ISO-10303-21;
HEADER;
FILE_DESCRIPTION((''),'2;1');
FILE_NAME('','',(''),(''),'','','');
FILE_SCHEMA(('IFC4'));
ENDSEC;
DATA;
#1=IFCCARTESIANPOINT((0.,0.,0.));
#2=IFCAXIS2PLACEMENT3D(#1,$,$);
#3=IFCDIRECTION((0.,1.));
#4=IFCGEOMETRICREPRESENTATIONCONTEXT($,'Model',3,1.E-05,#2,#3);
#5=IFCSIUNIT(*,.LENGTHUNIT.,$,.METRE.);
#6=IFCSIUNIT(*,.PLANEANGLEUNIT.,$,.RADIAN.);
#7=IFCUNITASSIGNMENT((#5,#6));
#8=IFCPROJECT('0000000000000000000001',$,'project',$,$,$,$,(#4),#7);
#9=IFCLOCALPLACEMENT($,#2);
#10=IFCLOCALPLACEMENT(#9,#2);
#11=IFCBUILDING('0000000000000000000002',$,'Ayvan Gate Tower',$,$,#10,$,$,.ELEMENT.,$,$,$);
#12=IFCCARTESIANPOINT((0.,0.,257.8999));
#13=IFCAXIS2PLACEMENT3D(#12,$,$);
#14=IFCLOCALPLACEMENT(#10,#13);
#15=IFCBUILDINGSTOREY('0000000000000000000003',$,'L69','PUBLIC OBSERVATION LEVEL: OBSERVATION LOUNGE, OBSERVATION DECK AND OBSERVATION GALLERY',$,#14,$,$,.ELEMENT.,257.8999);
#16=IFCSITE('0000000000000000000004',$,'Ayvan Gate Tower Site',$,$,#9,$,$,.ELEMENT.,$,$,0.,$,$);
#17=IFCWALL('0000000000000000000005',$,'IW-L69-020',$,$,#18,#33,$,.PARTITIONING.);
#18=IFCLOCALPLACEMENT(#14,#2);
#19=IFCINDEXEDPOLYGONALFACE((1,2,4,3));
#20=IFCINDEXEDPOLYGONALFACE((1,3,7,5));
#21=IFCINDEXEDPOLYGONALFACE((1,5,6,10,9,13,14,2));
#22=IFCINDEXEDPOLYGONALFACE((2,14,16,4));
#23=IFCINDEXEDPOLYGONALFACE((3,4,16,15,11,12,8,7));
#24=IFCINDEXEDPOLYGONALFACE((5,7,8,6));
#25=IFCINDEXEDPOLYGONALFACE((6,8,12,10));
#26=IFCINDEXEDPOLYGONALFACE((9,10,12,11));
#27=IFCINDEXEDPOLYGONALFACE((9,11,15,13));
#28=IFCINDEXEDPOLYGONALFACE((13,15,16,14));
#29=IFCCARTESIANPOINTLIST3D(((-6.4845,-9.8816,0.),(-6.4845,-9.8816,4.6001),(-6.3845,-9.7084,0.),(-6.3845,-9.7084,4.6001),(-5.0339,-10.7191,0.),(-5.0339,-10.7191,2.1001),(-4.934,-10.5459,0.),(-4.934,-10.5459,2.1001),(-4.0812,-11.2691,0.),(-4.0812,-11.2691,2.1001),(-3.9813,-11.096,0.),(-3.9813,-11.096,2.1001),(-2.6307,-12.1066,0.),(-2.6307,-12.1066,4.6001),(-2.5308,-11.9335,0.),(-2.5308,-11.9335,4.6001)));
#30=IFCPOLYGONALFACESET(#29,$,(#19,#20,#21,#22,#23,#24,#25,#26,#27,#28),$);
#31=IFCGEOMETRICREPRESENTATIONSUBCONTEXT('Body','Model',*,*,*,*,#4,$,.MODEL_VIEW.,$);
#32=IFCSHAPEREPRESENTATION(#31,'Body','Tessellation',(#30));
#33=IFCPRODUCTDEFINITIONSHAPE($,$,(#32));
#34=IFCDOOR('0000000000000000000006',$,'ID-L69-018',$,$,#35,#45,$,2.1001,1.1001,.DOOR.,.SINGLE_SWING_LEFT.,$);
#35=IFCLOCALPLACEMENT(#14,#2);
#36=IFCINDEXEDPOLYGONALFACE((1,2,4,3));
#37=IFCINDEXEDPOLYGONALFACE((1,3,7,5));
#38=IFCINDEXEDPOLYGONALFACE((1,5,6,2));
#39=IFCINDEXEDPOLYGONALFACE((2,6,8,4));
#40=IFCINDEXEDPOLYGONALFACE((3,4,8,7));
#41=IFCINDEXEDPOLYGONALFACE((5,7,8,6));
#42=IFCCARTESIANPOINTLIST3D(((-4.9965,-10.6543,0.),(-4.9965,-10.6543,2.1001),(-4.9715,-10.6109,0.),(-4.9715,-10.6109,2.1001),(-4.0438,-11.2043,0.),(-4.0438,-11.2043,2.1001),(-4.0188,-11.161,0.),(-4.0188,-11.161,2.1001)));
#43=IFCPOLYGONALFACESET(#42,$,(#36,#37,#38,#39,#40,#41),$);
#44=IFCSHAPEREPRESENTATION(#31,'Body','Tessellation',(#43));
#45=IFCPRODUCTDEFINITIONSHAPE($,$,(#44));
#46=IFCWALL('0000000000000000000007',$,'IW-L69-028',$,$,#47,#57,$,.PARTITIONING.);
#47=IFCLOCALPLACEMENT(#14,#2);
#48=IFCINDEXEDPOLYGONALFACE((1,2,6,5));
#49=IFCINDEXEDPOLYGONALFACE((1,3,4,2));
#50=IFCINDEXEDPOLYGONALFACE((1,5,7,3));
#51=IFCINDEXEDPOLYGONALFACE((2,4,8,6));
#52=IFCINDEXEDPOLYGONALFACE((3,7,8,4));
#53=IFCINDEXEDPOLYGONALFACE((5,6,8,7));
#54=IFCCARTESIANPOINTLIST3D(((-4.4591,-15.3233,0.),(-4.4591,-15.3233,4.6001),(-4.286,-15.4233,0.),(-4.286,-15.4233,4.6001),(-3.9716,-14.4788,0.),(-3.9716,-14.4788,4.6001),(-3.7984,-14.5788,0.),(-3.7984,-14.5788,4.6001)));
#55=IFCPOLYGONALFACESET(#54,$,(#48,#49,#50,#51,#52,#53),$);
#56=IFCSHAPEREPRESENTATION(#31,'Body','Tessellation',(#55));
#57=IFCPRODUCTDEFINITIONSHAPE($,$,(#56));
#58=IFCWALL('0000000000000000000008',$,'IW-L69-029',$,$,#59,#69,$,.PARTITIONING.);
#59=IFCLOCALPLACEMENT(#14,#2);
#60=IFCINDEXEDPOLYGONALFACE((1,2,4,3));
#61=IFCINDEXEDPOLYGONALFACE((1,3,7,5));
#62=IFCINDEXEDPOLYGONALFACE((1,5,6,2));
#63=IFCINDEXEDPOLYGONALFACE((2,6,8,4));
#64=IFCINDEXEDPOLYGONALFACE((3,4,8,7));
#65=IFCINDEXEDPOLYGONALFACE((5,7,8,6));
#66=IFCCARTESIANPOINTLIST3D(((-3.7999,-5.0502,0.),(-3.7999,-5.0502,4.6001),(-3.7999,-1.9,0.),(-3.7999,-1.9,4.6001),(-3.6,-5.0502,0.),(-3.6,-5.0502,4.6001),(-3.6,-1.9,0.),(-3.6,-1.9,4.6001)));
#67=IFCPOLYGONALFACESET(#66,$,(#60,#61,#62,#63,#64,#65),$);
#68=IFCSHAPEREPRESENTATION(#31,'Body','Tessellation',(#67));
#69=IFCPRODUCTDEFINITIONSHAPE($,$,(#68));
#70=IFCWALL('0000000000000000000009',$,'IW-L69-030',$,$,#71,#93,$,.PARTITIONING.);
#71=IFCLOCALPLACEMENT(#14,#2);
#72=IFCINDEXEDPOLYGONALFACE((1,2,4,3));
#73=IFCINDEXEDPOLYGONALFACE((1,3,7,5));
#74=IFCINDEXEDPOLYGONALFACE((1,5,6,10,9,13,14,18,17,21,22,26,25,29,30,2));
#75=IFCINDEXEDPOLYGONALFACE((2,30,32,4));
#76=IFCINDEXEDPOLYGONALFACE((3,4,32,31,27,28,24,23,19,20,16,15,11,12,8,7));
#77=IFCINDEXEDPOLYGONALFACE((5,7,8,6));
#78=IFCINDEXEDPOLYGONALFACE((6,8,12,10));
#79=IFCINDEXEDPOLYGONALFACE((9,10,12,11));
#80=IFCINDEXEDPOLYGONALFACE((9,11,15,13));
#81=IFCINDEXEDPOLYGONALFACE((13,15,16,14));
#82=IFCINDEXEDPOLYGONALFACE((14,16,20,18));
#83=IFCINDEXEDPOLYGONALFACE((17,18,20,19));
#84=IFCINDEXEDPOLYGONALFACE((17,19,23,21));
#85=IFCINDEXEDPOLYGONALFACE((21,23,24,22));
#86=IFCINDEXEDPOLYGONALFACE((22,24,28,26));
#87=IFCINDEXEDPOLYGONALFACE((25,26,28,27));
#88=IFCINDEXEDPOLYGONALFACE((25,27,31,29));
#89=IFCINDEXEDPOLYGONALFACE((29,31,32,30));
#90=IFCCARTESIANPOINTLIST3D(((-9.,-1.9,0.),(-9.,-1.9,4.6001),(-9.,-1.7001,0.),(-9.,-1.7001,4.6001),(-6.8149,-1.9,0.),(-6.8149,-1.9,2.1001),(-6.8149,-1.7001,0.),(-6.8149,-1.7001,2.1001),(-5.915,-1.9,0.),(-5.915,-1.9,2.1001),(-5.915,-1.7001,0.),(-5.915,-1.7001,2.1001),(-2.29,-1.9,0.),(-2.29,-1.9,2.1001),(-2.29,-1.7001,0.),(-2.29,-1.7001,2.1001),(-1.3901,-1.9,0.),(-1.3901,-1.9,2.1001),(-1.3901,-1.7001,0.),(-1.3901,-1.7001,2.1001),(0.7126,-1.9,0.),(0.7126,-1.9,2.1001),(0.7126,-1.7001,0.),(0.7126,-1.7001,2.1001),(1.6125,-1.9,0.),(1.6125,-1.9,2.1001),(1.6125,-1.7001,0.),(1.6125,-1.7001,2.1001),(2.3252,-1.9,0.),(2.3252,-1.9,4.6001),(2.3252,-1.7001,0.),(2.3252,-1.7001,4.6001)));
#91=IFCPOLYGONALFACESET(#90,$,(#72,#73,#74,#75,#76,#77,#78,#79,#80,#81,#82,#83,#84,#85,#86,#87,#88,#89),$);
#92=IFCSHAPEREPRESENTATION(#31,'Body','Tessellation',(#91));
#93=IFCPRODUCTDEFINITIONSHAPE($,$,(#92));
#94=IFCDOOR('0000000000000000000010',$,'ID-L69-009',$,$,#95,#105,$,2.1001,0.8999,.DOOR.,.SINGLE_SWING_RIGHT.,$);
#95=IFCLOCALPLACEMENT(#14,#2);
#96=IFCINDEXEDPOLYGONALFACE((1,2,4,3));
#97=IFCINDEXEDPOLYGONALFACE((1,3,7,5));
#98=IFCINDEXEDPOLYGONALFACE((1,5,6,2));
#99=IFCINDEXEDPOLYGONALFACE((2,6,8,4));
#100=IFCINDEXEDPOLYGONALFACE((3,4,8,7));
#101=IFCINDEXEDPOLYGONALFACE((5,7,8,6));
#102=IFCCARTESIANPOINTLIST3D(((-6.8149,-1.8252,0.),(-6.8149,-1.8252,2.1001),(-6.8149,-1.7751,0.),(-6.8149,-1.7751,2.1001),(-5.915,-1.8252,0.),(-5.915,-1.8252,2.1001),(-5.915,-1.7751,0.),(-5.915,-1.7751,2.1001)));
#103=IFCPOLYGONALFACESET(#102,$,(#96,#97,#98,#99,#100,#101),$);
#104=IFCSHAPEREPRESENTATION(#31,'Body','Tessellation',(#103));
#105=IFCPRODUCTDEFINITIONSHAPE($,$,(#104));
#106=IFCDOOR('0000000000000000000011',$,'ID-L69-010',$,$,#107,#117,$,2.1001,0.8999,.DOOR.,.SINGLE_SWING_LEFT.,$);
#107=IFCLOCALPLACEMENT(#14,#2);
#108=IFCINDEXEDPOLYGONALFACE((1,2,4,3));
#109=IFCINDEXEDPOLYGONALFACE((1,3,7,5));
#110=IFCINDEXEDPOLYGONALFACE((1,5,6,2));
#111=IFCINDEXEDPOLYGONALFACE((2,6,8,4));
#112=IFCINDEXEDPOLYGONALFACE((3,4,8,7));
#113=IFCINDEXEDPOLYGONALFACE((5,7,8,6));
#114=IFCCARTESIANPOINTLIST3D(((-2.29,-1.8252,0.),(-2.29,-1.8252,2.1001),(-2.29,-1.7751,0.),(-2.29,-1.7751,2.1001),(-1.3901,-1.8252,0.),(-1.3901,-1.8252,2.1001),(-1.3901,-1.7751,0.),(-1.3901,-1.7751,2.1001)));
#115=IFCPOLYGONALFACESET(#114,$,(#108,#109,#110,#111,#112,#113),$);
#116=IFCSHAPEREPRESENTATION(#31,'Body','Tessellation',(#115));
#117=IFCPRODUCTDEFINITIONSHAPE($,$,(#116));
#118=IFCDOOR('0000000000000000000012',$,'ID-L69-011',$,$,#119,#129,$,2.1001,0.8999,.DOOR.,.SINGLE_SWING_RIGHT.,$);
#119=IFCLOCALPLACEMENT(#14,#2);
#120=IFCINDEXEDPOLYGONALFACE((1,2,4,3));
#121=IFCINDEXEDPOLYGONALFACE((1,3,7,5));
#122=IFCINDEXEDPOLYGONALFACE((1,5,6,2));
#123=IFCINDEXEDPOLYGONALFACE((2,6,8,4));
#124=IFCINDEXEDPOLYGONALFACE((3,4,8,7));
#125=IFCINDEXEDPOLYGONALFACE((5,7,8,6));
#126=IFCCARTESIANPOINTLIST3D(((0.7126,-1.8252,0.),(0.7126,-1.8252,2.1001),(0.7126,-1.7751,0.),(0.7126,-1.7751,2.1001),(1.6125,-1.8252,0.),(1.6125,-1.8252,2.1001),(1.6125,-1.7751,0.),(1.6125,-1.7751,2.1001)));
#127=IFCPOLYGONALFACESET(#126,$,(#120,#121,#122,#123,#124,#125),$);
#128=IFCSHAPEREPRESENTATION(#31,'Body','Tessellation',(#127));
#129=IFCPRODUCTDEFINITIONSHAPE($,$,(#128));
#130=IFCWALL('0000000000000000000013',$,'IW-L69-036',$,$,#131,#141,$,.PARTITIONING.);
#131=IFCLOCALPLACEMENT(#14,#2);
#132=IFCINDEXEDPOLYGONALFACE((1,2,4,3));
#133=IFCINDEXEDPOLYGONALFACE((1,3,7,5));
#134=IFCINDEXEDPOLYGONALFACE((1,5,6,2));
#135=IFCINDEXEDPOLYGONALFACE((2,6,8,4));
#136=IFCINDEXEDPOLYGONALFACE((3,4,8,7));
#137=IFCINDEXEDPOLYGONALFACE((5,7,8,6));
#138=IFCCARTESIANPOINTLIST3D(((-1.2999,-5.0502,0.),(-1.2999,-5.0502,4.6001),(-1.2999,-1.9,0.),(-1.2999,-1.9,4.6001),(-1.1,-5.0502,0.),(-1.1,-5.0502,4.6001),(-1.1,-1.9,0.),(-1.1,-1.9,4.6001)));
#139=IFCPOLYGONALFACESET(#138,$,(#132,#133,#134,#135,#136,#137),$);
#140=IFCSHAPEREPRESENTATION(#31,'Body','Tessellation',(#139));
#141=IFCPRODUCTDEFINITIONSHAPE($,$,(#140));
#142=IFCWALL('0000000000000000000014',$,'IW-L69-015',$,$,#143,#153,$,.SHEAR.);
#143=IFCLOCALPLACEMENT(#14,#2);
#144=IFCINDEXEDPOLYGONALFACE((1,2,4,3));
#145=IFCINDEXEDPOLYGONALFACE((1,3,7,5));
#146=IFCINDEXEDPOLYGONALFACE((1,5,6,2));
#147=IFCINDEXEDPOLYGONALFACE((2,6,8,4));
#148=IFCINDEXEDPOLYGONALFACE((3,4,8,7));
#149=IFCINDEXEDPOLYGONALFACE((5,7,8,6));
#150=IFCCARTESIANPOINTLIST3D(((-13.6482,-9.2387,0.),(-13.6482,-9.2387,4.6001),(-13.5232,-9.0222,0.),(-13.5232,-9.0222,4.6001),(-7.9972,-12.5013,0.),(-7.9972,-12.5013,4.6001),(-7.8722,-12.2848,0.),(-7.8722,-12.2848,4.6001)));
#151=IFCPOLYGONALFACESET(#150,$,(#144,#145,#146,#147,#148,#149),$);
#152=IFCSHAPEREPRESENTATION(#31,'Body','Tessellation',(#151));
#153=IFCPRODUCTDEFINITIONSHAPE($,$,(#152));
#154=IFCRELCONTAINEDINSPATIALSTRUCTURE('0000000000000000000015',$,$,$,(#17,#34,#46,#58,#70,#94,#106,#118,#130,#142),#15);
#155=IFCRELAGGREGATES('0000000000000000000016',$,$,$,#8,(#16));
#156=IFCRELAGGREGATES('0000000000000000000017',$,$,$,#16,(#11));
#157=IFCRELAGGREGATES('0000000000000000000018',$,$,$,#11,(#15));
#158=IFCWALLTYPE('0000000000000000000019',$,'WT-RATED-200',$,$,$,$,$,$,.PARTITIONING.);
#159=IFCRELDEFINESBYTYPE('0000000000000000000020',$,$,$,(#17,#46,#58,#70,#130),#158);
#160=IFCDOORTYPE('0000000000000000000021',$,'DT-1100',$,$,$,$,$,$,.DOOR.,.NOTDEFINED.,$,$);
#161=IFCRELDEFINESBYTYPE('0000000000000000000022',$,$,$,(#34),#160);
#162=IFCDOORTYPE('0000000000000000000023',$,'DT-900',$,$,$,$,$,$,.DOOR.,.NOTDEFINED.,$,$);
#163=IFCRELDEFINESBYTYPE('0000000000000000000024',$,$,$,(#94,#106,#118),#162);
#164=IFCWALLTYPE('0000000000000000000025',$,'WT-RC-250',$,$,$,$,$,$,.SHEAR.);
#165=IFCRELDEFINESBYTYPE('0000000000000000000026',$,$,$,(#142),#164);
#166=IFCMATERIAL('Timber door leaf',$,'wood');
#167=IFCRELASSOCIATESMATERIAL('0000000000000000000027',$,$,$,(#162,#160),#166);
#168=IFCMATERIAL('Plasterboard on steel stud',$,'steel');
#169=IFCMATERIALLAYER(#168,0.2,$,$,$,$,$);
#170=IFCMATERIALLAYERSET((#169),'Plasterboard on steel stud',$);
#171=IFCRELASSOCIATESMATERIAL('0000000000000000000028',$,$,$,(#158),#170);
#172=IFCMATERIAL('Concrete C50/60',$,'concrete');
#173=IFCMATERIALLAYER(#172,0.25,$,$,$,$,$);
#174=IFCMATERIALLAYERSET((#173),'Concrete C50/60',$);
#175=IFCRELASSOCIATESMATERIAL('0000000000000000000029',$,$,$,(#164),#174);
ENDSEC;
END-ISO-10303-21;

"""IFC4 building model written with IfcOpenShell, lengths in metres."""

from ifc_helpers import new_model, si_unit, direction, frame, frame_2d, origin, place, context, subcontext, project, spatial, rectangle, extrude, material, layer, layer_set, type_object, element, fill, save


model = new_model("IFC4")

# Units and contexts
model_context = context("Model", 3, precision=1e-05, world=origin(), true_north=direction((0.0, 1.0)))
body_context = subcontext(model_context, "Body", "Model", "MODEL_VIEW")
ifc_project = project(units=[si_unit("LENGTHUNIT", "METRE"), si_unit("PLANEANGLEUNIT", "RADIAN")], contexts=[model_context])

# Site, building, storey
site_placement = place(None, origin())
site = spatial("IfcSite", under=ifc_project, at=site_placement, Name="Ayvan Gate Tower Site", CompositionType="ELEMENT", RefElevation=0.0)
building_placement = place(site_placement, origin())
building = spatial("IfcBuilding", under=site, at=building_placement, Name="Ayvan Gate Tower", CompositionType="ELEMENT")
storey_placement = place(building_placement, frame((0.0, 0.0, 257.8999)))
storey = spatial("IfcBuildingStorey", under=building, at=storey_placement, Name="L69", Description="PUBLIC OBSERVATION LEVEL: OBSERVATION LOUNGE, OBSERVATION DECK AND OBSERVATION GALLERY", CompositionType="ELEMENT", Elevation=257.8999)

# Shared definitions
ifc_material_1 = material(Name="Concrete C50/60", Category="concrete")

# Shared definitions
ifc_material_2 = material(Name="Timber door leaf", Category="wood")
door_type_1 = type_object("IfcDoorType", Name="DT-900", OperationType="NOTDEFINED", PredefinedType="DOOR", material=ifc_material_2)

# Shared definitions
ifc_material_3 = material(Name="Plasterboard on steel stud", Category="steel")
ifc_layer_1 = layer(ifc_material_3, 0.2)
ifc_layer_set_1 = layer_set([ifc_layer_1], Name="Plasterboard on steel stud")
wall_type_1 = type_object("IfcWallType", Name="WT-RATED-200", PredefinedType="PARTITIONING", material=ifc_layer_set_1)

# Wall, opening, door
wall_1_placement = place(storey_placement, frame((-6.4346, -9.7949, 0.0), z_axis=(0.0, 0.0, 1.0), x_axis=(0.866013, -0.500022, 0.0)))
wall_1 = element("IfcWall", 1, at=wall_1_placement, inside=storey, type_object=wall_type_1, Name="IW-L69-020", PredefinedType="PARTITIONING", context=body_context, shape_type="SweptSolid", body=[
    extrude(rectangle(XDim=4.45, YDim=0.2, at=frame_2d((2.2251, 0.0))), origin(), (0.0, 0.0, 1.0), 4.6001),
])
opening_1_placement = place(wall_1_placement, frame((1.675, 0.0, 0.0)))
opening_1 = element("IfcOpeningElement", 2, at=opening_1_placement, cuts=wall_1, PredefinedType="OPENING", context=body_context, shape_type="SweptSolid", body=[
    extrude(rectangle(XDim=1.1001, YDim=2.1001, at=frame_2d((0.55, 1.05))), frame((0.0, 0.1099, 0.0), z_axis=(0.0, -1.0, 0.0), x_axis=(1.0, 0.0, 0.0)), (0.0, 0.0, 1.0), 0.22),
])
door_type_2 = type_object("IfcDoorType", Name="DT-1100", OperationType="NOTDEFINED", PredefinedType="DOOR", material=ifc_material_2)
door_1_placement = place(opening_1_placement, origin())
door_1 = element("IfcDoor", 3, at=door_1_placement, inside=storey, type_object=door_type_2, Name="ID-L69-018", OperationType="SINGLE_SWING_LEFT", OverallHeight=2.1001, OverallWidth=1.1001, PredefinedType="DOOR", context=body_context, shape_type="SweptSolid", body=[
    extrude(rectangle(XDim=1.1001, YDim=2.1001, at=frame_2d((0.55, 1.05))), frame((0.0, 0.0249, 0.0), z_axis=(0.0, -1.0, 0.0), x_axis=(1.0, 0.0, 0.0)), (0.0, 0.0, 1.0), 0.05),
])
fill(opening_1, door_1)

# Walls
wall_2_placement = place(storey_placement, frame((-3.885, -14.5288, 0.0), z_axis=(0.0, 0.0, 1.0), x_axis=(-0.49999, -0.866031, 0.0)))
element("IfcWall", 4, at=wall_2_placement, inside=storey, type_object=wall_type_1, Name="IW-L69-028", PredefinedType="PARTITIONING", context=body_context, shape_type="SweptSolid", body=[
    extrude(rectangle(XDim=0.9751, YDim=0.2, at=frame_2d((0.4875, 0.0))), origin(), (0.0, 0.0, 1.0), 4.6001),
])
wall_3_placement = place(storey_placement, frame((-3.7, -1.8999, 0.0), z_axis=(0.0, 0.0, 1.0), x_axis=(0.0, -1.0, 0.0)))
element("IfcWall", 5, at=wall_3_placement, inside=storey, type_object=wall_type_1, Name="IW-L69-029", PredefinedType="PARTITIONING", context=body_context, shape_type="SweptSolid", body=[
    extrude(rectangle(XDim=3.1501, YDim=0.2, at=frame_2d((1.5752, 0.0))), origin(), (0.0, 0.0, 1.0), 4.6001),
])

# Wall, openings, doors
wall_4_placement = place(storey_placement, frame((-9.0, -1.8, 0.0), z_axis=(0.0, 0.0, 1.0), x_axis=(1.0, 0.0, 0.0)))
wall_4 = element("IfcWall", 6, at=wall_4_placement, inside=storey, type_object=wall_type_1, Name="IW-L69-030", PredefinedType="PARTITIONING", context=body_context, shape_type="SweptSolid", body=[
    extrude(rectangle(XDim=11.3252, YDim=0.2, at=frame_2d((5.6626, 0.0))), origin(), (0.0, 0.0, 1.0), 4.6001),
])
opening_2_placement = place(wall_4_placement, frame((2.1851, 0.0, 0.0)))
opening_2 = element("IfcOpeningElement", 7, at=opening_2_placement, cuts=wall_4, PredefinedType="OPENING", context=body_context, shape_type="SweptSolid", body=[
    extrude(rectangle(XDim=0.8999, YDim=2.1001, at=frame_2d((0.45, 1.05))), frame((0.0, 0.1099, 0.0), z_axis=(0.0, -1.0, 0.0), x_axis=(1.0, 0.0, 0.0)), (0.0, 0.0, 1.0), 0.22),
])
opening_3_placement = place(wall_4_placement, frame((6.71, 0.0, 0.0)))
opening_3 = element("IfcOpeningElement", 8, at=opening_3_placement, cuts=wall_4, PredefinedType="OPENING", context=body_context, shape_type="SweptSolid", body=[
    extrude(rectangle(XDim=0.8999, YDim=2.1001, at=frame_2d((0.45, 1.05))), frame((0.0, 0.1099, 0.0), z_axis=(0.0, -1.0, 0.0), x_axis=(1.0, 0.0, 0.0)), (0.0, 0.0, 1.0), 0.22),
])
opening_4_placement = place(wall_4_placement, frame((9.7126, 0.0, 0.0)))
opening_4 = element("IfcOpeningElement", 9, at=opening_4_placement, cuts=wall_4, PredefinedType="OPENING", context=body_context, shape_type="SweptSolid", body=[
    extrude(rectangle(XDim=0.8999, YDim=2.1001, at=frame_2d((0.45, 1.05))), frame((0.0, 0.1099, 0.0), z_axis=(0.0, -1.0, 0.0), x_axis=(1.0, 0.0, 0.0)), (0.0, 0.0, 1.0), 0.22),
])
door_2_placement = place(opening_2_placement, origin())
door_2 = element("IfcDoor", 10, at=door_2_placement, inside=storey, type_object=door_type_1, Name="ID-L69-009", OperationType="SINGLE_SWING_RIGHT", OverallHeight=2.1001, OverallWidth=0.8999, PredefinedType="DOOR", context=body_context, shape_type="SweptSolid", body=[
    extrude(rectangle(XDim=0.8999, YDim=2.1001, at=frame_2d((0.45, 1.05))), frame((0.0, 0.0249, 0.0), z_axis=(0.0, -1.0, 0.0), x_axis=(1.0, 0.0, 0.0)), (0.0, 0.0, 1.0), 0.05),
])
fill(opening_2, door_2)
door_3_placement = place(opening_3_placement, origin())
door_3 = element("IfcDoor", 11, at=door_3_placement, inside=storey, type_object=door_type_1, Name="ID-L69-010", OperationType="SINGLE_SWING_LEFT", OverallHeight=2.1001, OverallWidth=0.8999, PredefinedType="DOOR", context=body_context, shape_type="SweptSolid", body=[
    extrude(rectangle(XDim=0.8999, YDim=2.1001, at=frame_2d((0.45, 1.05))), frame((0.0, 0.0249, 0.0), z_axis=(0.0, -1.0, 0.0), x_axis=(1.0, 0.0, 0.0)), (0.0, 0.0, 1.0), 0.05),
])
fill(opening_3, door_3)
door_4_placement = place(opening_4_placement, origin())
door_4 = element("IfcDoor", 12, at=door_4_placement, inside=storey, type_object=door_type_1, Name="ID-L69-011", OperationType="SINGLE_SWING_RIGHT", OverallHeight=2.1001, OverallWidth=0.8999, PredefinedType="DOOR", context=body_context, shape_type="SweptSolid", body=[
    extrude(rectangle(XDim=0.8999, YDim=2.1001, at=frame_2d((0.45, 1.05))), frame((0.0, 0.0249, 0.0), z_axis=(0.0, -1.0, 0.0), x_axis=(1.0, 0.0, 0.0)), (0.0, 0.0, 1.0), 0.05),
])
fill(opening_4, door_4)

# Walls
wall_5_placement = place(storey_placement, frame((-1.2, -1.8999, 0.0), z_axis=(0.0, 0.0, 1.0), x_axis=(0.0, -1.0, 0.0)))
element("IfcWall", 13, at=wall_5_placement, inside=storey, type_object=wall_type_1, Name="IW-L69-036", PredefinedType="PARTITIONING", context=body_context, shape_type="SweptSolid", body=[
    extrude(rectangle(XDim=3.1501, YDim=0.2, at=frame_2d((1.5752, 0.0))), origin(), (0.0, 0.0, 1.0), 4.6001),
])
ifc_layer_2 = layer(ifc_material_1, 0.25)
ifc_layer_set_2 = layer_set([ifc_layer_2], Name="Concrete C50/60")
wall_type_2 = type_object("IfcWallType", Name="WT-RC-250", PredefinedType="SHEAR", material=ifc_layer_set_2)
wall_6_placement = place(storey_placement, frame((-7.9346, -12.3931, 0.0), z_axis=(0.0, 0.0, 1.0), x_axis=(-0.866031, 0.49999, 0.0)))
element("IfcWall", 14, at=wall_6_placement, inside=storey, type_object=wall_type_2, Name="IW-L69-015", PredefinedType="SHEAR", context=body_context, shape_type="SweptSolid", body=[
    extrude(rectangle(XDim=6.5251, YDim=0.25, at=frame_2d((3.2627, 0.0))), origin(), (0.0, 0.0, 1.0), 4.6001),
])

save(model, "model.ifc")
